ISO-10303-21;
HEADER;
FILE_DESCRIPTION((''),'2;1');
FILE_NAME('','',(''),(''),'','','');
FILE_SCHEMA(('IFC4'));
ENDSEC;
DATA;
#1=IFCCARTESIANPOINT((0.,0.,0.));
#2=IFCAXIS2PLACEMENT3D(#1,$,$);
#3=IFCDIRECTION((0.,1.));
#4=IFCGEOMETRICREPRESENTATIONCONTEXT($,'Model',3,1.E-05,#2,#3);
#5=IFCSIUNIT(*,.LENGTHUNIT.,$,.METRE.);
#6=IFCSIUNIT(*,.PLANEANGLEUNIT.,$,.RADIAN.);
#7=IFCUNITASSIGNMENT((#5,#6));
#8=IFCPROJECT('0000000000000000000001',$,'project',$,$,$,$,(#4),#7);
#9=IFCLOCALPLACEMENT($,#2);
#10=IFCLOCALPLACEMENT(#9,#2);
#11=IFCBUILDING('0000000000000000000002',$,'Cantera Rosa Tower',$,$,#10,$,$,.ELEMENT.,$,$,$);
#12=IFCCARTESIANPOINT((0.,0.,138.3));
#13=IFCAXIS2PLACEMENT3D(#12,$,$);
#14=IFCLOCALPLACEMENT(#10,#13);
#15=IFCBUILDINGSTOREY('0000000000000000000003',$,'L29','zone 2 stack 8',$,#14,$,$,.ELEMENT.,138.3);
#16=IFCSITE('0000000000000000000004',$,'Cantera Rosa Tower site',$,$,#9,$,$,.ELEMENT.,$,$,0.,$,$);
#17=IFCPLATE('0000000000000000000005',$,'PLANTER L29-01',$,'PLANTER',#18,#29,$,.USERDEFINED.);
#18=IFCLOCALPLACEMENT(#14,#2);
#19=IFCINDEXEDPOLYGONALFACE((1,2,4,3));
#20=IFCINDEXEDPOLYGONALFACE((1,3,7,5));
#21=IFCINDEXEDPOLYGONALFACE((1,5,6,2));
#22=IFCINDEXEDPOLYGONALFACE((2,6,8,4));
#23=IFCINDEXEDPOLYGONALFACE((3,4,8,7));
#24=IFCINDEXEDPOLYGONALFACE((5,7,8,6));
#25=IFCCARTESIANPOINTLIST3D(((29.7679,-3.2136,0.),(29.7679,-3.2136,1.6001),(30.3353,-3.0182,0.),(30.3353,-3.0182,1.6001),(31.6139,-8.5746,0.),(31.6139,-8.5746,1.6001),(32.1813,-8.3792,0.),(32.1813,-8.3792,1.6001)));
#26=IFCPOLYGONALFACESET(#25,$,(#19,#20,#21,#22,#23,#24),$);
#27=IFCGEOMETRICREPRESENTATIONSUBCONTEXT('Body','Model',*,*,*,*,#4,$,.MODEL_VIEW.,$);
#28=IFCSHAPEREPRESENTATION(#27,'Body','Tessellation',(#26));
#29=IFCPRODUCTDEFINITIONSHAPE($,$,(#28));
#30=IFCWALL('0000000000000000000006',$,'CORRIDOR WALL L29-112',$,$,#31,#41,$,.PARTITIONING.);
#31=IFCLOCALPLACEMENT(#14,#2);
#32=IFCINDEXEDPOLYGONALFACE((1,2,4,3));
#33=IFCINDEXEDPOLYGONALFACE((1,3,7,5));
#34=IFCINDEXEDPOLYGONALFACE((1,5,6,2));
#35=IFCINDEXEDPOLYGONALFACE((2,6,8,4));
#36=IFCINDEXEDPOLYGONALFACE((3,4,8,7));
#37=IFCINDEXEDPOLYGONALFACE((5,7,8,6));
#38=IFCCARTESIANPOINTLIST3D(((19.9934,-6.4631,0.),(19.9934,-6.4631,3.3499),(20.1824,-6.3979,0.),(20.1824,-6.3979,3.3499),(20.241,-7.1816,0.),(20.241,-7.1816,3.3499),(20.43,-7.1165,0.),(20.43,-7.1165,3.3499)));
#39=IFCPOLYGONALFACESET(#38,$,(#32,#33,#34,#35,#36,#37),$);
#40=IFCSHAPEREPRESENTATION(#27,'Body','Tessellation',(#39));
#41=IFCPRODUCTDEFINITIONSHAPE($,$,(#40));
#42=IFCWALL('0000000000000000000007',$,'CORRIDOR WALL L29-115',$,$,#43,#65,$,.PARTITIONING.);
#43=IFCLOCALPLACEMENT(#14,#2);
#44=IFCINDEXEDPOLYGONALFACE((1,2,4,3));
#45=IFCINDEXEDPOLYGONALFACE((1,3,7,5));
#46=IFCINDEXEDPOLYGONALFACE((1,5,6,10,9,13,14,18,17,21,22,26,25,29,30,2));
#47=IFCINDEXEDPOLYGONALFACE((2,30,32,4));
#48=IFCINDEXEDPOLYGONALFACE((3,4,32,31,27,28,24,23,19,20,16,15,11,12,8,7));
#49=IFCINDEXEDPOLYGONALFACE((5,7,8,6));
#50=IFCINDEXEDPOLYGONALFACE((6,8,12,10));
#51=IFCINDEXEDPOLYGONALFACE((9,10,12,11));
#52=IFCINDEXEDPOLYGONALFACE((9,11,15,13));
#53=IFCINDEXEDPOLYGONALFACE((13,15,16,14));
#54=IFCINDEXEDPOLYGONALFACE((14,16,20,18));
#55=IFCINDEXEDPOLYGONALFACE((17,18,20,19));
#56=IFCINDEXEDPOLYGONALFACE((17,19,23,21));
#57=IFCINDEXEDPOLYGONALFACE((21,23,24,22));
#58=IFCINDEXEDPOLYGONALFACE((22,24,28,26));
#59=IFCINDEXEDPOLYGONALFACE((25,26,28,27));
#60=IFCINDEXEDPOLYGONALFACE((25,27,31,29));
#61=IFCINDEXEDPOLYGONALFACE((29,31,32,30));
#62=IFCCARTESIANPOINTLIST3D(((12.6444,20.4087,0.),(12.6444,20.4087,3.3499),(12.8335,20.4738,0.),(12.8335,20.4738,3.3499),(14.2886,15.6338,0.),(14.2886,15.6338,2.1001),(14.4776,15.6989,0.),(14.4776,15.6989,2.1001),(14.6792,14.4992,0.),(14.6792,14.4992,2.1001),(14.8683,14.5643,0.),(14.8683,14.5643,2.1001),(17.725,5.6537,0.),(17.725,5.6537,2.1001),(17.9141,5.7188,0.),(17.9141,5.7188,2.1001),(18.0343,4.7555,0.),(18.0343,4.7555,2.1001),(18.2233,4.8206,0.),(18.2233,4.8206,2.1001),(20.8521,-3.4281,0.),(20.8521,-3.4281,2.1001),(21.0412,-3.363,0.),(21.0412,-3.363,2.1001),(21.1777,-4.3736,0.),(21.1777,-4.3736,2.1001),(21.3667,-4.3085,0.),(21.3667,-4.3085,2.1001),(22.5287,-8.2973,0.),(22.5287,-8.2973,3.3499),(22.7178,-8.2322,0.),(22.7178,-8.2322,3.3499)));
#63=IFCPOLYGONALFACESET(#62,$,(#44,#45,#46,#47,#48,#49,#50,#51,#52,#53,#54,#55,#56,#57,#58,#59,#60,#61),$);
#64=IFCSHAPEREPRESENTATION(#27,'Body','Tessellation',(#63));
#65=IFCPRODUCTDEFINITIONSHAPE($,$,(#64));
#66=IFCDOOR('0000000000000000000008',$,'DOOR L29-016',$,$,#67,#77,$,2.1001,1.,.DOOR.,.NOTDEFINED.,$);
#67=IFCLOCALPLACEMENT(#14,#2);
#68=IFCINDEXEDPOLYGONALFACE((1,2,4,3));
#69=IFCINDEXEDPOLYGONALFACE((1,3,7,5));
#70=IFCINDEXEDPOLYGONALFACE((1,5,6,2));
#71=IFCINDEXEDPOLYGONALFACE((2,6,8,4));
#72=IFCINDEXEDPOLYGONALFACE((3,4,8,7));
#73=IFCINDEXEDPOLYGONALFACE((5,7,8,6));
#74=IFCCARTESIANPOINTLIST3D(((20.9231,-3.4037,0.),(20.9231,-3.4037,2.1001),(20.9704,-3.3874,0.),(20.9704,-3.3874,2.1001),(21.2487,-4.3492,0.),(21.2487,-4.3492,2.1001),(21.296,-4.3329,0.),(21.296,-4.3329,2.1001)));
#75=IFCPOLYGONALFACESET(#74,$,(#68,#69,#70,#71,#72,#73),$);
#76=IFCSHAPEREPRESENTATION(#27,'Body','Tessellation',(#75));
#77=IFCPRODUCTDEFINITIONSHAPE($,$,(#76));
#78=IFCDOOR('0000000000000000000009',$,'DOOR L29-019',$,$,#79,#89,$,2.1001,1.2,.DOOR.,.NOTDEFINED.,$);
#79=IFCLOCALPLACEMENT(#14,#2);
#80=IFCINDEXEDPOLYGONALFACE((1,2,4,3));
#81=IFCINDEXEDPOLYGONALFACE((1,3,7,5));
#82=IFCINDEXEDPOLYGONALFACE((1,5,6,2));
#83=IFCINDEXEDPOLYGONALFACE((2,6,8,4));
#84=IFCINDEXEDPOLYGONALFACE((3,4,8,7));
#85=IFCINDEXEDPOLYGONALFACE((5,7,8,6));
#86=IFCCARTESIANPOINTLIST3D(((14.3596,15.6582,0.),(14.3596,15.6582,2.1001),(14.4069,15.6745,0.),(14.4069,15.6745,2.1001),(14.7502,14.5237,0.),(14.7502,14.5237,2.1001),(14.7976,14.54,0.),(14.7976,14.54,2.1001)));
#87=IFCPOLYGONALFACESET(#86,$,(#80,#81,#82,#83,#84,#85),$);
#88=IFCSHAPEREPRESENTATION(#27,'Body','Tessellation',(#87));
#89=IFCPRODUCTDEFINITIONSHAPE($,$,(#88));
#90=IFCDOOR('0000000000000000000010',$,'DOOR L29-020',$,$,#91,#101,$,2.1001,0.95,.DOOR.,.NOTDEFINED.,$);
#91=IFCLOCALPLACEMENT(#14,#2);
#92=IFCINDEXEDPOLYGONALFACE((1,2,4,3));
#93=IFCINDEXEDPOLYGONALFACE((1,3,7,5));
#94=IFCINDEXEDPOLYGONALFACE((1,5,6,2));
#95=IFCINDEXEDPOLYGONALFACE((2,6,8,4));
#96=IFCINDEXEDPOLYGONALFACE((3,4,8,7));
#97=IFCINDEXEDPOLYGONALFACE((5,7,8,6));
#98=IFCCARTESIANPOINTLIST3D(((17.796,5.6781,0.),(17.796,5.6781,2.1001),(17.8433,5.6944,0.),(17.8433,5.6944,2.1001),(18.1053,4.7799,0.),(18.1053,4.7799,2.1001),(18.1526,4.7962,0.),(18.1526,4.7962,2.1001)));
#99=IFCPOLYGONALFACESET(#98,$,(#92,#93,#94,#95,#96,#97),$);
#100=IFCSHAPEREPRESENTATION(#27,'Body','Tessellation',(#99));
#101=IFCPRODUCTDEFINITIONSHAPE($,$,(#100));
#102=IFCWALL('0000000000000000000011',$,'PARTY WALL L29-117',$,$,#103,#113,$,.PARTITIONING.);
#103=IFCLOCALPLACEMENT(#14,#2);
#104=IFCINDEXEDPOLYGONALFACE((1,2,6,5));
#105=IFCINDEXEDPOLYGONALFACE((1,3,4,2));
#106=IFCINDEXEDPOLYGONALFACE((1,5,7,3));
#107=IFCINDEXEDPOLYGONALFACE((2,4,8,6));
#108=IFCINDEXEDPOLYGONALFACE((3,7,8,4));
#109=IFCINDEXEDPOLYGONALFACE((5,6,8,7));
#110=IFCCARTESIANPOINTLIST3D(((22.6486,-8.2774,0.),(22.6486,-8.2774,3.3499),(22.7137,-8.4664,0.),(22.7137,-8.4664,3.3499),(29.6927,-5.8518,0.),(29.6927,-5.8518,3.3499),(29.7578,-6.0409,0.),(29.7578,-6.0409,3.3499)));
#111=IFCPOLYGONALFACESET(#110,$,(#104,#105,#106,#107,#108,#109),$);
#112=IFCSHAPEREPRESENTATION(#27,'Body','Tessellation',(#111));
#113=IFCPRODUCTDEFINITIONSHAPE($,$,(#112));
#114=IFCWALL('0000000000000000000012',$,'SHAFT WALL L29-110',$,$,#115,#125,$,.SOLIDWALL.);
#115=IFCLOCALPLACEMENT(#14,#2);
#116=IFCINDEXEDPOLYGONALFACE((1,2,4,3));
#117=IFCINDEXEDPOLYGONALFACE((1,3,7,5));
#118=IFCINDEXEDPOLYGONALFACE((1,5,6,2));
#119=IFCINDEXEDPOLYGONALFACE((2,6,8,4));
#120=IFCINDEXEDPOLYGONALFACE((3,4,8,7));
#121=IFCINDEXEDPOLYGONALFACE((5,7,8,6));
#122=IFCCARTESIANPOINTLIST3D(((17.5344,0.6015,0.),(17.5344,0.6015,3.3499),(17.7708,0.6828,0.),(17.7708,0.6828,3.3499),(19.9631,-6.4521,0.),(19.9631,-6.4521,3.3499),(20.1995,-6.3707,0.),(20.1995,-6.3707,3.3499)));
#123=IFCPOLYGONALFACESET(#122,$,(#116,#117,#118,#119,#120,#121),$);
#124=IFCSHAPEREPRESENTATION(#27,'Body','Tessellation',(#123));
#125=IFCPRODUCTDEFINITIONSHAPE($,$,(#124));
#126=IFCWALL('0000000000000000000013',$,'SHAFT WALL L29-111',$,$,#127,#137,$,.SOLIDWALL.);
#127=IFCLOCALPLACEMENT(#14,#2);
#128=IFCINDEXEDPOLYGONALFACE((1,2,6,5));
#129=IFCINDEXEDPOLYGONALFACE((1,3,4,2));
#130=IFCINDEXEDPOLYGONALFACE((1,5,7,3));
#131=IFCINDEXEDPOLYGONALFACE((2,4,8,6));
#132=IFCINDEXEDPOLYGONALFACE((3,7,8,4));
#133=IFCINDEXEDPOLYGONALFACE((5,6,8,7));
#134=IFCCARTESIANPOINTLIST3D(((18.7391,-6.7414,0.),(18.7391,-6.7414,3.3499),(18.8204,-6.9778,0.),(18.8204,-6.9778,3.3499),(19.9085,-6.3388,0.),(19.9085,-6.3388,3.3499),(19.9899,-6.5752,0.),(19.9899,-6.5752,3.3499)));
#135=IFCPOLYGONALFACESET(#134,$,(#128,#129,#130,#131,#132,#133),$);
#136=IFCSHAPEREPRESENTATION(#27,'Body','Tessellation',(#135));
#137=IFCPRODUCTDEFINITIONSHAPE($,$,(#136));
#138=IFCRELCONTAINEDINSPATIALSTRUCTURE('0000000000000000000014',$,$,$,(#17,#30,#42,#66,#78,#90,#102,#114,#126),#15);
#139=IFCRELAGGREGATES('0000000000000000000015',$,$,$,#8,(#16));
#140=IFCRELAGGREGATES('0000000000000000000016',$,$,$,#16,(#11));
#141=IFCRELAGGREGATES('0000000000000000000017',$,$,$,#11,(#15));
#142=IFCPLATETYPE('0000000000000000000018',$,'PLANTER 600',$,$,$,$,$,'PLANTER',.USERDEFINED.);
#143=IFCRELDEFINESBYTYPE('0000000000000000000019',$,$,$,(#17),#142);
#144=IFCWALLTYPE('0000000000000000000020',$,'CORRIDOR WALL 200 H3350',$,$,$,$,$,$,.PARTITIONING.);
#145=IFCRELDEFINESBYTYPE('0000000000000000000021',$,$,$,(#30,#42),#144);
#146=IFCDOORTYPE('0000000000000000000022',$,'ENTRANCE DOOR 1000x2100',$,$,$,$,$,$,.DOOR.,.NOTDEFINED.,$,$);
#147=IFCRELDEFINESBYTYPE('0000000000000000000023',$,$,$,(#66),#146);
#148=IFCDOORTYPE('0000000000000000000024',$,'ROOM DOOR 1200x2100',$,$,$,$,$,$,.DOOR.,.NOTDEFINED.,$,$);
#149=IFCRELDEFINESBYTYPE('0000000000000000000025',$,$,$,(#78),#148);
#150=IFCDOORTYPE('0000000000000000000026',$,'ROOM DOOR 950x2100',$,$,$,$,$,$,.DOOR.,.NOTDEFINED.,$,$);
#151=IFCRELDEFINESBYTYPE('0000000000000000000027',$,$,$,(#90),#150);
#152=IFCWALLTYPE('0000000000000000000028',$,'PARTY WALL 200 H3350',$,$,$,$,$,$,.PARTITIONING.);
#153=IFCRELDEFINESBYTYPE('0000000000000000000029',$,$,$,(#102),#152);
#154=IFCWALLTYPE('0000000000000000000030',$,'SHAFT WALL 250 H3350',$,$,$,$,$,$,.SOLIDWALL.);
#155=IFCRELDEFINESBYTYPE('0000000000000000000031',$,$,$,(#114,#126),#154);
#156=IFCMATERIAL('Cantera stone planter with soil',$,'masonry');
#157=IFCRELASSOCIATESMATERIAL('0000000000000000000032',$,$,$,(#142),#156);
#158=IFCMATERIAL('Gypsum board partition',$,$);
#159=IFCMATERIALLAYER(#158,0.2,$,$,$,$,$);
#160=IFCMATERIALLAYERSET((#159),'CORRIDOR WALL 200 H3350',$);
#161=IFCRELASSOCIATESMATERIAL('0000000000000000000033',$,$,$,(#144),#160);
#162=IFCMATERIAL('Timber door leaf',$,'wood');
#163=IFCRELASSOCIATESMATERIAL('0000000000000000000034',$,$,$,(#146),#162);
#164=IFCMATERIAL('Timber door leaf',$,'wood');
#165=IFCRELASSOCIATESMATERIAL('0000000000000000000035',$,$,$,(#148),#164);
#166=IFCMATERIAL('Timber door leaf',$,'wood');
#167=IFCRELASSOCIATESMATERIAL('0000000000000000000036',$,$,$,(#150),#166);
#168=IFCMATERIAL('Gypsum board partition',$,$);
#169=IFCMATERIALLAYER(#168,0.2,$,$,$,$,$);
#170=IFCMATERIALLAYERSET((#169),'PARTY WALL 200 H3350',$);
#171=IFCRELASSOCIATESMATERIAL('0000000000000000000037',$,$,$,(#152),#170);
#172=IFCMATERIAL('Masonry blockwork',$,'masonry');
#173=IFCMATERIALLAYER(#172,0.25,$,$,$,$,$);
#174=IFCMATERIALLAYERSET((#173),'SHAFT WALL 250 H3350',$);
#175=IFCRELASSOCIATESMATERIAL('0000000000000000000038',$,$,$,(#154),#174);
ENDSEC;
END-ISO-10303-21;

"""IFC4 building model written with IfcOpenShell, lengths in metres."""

from ifc_helpers import new_model, si_unit, direction, frame, frame_2d, origin, origin_2d, place, context, subcontext, project, spatial, rectangle, extrude, material, layer, layer_set, type_object, element, fill, save


model = new_model("IFC4")

# Units and contexts
model_context = context("Model", 3, precision=1e-05, world=origin(), true_north=direction((0.0, 1.0)))
body_context = subcontext(model_context, "Body", "Model", "MODEL_VIEW")
ifc_project = project(units=[si_unit("LENGTHUNIT", "METRE"), si_unit("PLANEANGLEUNIT", "RADIAN")], contexts=[model_context])

# Site, building, storey
site_placement = place(None, origin())
site = spatial("IfcSite", under=ifc_project, at=site_placement, Name="Cantera Rosa Tower site", CompositionType="ELEMENT", RefElevation=0.0)
building_placement = place(site_placement, origin())
building = spatial("IfcBuilding", under=site, at=building_placement, Name="Cantera Rosa Tower", CompositionType="ELEMENT")
storey_placement = place(building_placement, frame((0.0, 0.0, 138.3)))
storey = spatial("IfcBuildingStorey", under=building, at=storey_placement, Name="L29", Description="zone 2 stack 8", CompositionType="ELEMENT", Elevation=138.3)

# Plate
ifc_material_1 = material(Name="Cantera stone planter with soil", Category="masonry")
plate_type = type_object("IfcPlateType", Name="PLANTER 600", ElementType="PLANTER", PredefinedType="USERDEFINED", material=ifc_material_1)
plate_placement = place(storey_placement, frame((30.9746, -5.7964, 0.0), z_axis=(0.0, 0.0, 1.0), x_axis=(-0.325568, 0.945519, 0.0)))
element("IfcPlate", 1, at=plate_placement, inside=storey, type_object=plate_type, Name="PLANTER L29-01", ObjectType="PLANTER", PredefinedType="USERDEFINED", context=body_context, shape_type="SweptSolid", body=[
    extrude(rectangle(XDim=5.6699, YDim=0.6001, at=origin_2d()), origin(), (0.0, 0.0, 1.0), 1.6001),
])

# Wall
ifc_material_2 = material(Name="Gypsum board partition")
ifc_layer_1 = layer(ifc_material_2, 0.2)
ifc_layer_set_1 = layer_set([ifc_layer_1], Name="CORRIDOR WALL 200 H3350")
wall_type_1 = type_object("IfcWallType", Name="CORRIDOR WALL 200 H3350", PredefinedType="PARTITIONING", material=ifc_layer_set_1)
wall_1_placement = place(storey_placement, frame((20.3354, -7.1489, 0.0), z_axis=(0.0, 0.0, 1.0), x_axis=(-0.325753, 0.945455, 0.0)))
element("IfcWall", 2, at=wall_1_placement, inside=storey, type_object=wall_type_1, Name="CORRIDOR WALL L29-112", PredefinedType="PARTITIONING", context=body_context, shape_type="SweptSolid", body=[
    extrude(rectangle(XDim=0.76, YDim=0.2, at=frame_2d((0.3799, 0.0))), origin(), (0.0, 0.0, 1.0), 3.3499),
])

# Wall, openings, doors
wall_2_placement = place(storey_placement, frame((22.6233, -8.2649, 0.0), z_axis=(0.0, 0.0, 1.0), x_axis=(-0.325568, 0.945519, 0.0)))
wall_2 = element("IfcWall", 3, at=wall_2_placement, inside=storey, type_object=wall_type_1, Name="CORRIDOR WALL L29-115", PredefinedType="PARTITIONING", context=body_context, shape_type="SweptSolid", body=[
    extrude(rectangle(XDim=30.3601, YDim=0.2, at=frame_2d((15.1802, 0.0))), origin(), (0.0, 0.0, 1.0), 3.3499),
])
opening_1_placement = place(wall_2_placement, frame((4.1499, 0.0, 0.0)))
opening_1 = element("IfcOpeningElement", 4, at=opening_1_placement, cuts=wall_2, PredefinedType="OPENING", context=body_context, shape_type="SweptSolid", body=[
    extrude(rectangle(XDim=1.0, YDim=2.1001, at=frame_2d((0.5, 1.05))), frame((0.0, 0.1099, 0.0), z_axis=(0.0, -1.0, 0.0), x_axis=(1.0, 0.0, 0.0)), (0.0, 0.0, 1.0), 0.22),
])
opening_2_placement = place(wall_2_placement, frame((24.1101, 0.0, 0.0)))
opening_2 = element("IfcOpeningElement", 5, at=opening_2_placement, cuts=wall_2, PredefinedType="OPENING", context=body_context, shape_type="SweptSolid", body=[
    extrude(rectangle(XDim=1.2, YDim=2.1001, at=frame_2d((0.6001, 1.05))), frame((0.0, 0.1099, 0.0), z_axis=(0.0, -1.0, 0.0), x_axis=(1.0, 0.0, 0.0)), (0.0, 0.0, 1.0), 0.22),
])
opening_3_placement = place(wall_2_placement, frame((13.8049, 0.0, 0.0)))
opening_3 = element("IfcOpeningElement", 6, at=opening_3_placement, cuts=wall_2, PredefinedType="OPENING", context=body_context, shape_type="SweptSolid", body=[
    extrude(rectangle(XDim=0.95, YDim=2.1001, at=frame_2d((0.4751, 1.05))), frame((0.0, 0.1099, 0.0), z_axis=(0.0, -1.0, 0.0), x_axis=(1.0, 0.0, 0.0)), (0.0, 0.0, 1.0), 0.22),
])
ifc_material_3 = material(Name="Timber door leaf", Category="wood")
door_type_1 = type_object("IfcDoorType", Name="ENTRANCE DOOR 1000x2100", OperationType="NOTDEFINED", PredefinedType="DOOR", material=ifc_material_3)
door_1_placement = place(opening_1_placement, origin())
door_1 = element("IfcDoor", 7, at=door_1_placement, inside=storey, type_object=door_type_1, Name="DOOR L29-016", OperationType="NOTDEFINED", OverallHeight=2.1001, OverallWidth=1.0, PredefinedType="DOOR", context=body_context, shape_type="SweptSolid", body=[
    extrude(rectangle(XDim=1.0, YDim=2.1001, at=frame_2d((0.5, 1.05))), frame((0.0, 0.0249, 0.0), z_axis=(0.0, -1.0, 0.0), x_axis=(1.0, 0.0, 0.0)), (0.0, 0.0, 1.0), 0.05),
])
fill(opening_1, door_1)
ifc_material_4 = material(Name="Timber door leaf", Category="wood")
door_type_2 = type_object("IfcDoorType", Name="ROOM DOOR 1200x2100", OperationType="NOTDEFINED", PredefinedType="DOOR", material=ifc_material_4)
door_2_placement = place(opening_2_placement, origin())
door_2 = element("IfcDoor", 8, at=door_2_placement, inside=storey, type_object=door_type_2, Name="DOOR L29-019", OperationType="NOTDEFINED", OverallHeight=2.1001, OverallWidth=1.2, PredefinedType="DOOR", context=body_context, shape_type="SweptSolid", body=[
    extrude(rectangle(XDim=1.2, YDim=2.1001, at=frame_2d((0.6001, 1.05))), frame((0.0, 0.0249, 0.0), z_axis=(0.0, -1.0, 0.0), x_axis=(1.0, 0.0, 0.0)), (0.0, 0.0, 1.0), 0.05),
])
fill(opening_2, door_2)
ifc_material_5 = material(Name="Timber door leaf", Category="wood")
door_type_3 = type_object("IfcDoorType", Name="ROOM DOOR 950x2100", OperationType="NOTDEFINED", PredefinedType="DOOR", material=ifc_material_5)
door_3_placement = place(opening_3_placement, origin())
door_3 = element("IfcDoor", 9, at=door_3_placement, inside=storey, type_object=door_type_3, Name="DOOR L29-020", OperationType="NOTDEFINED", OverallHeight=2.1001, OverallWidth=0.95, PredefinedType="DOOR", context=body_context, shape_type="SweptSolid", body=[
    extrude(rectangle(XDim=0.95, YDim=2.1001, at=frame_2d((0.4751, 1.05))), frame((0.0, 0.0249, 0.0), z_axis=(0.0, -1.0, 0.0), x_axis=(1.0, 0.0, 0.0)), (0.0, 0.0, 1.0), 0.05),
])
fill(opening_3, door_3)

# Walls
ifc_material_6 = material(Name="Gypsum board partition")
ifc_layer_2 = layer(ifc_material_6, 0.2)
ifc_layer_set_2 = layer_set([ifc_layer_2], Name="PARTY WALL 200 H3350")
wall_type_2 = type_object("IfcWallType", Name="PARTY WALL 200 H3350", PredefinedType="PARTITIONING", material=ifc_layer_set_2)
wall_3_placement = place(storey_placement, frame((29.7253, -5.9463, 0.0), z_axis=(0.0, 0.0, 1.0), x_axis=(-0.945514, -0.325582, 0.0)))
element("IfcWall", 10, at=wall_3_placement, inside=storey, type_object=wall_type_2, Name="PARTY WALL L29-117", PredefinedType="PARTITIONING", context=body_context, shape_type="SweptSolid", body=[
    extrude(rectangle(XDim=7.45, YDim=0.2, at=frame_2d((3.7251, 0.0))), origin(), (0.0, 0.0, 1.0), 3.3499),
])
ifc_material_7 = material(Name="Masonry blockwork", Category="masonry")
ifc_layer_3 = layer(ifc_material_7, 0.25)
ifc_layer_set_3 = layer_set([ifc_layer_3], Name="SHAFT WALL 250 H3350")
wall_type_3 = type_object("IfcWallType", Name="SHAFT WALL 250 H3350", PredefinedType="SOLIDWALL", material=ifc_layer_set_3)
wall_4_placement = place(storey_placement, frame((20.0813, -6.4114, 0.0), z_axis=(0.0, 0.0, 1.0), x_axis=(-0.325569, 0.945518, 0.0)))
element("IfcWall", 11, at=wall_4_placement, inside=storey, type_object=wall_type_3, Name="SHAFT WALL L29-110", PredefinedType="SOLIDWALL", context=body_context, shape_type="SweptSolid", body=[
    extrude(rectangle(XDim=7.46, YDim=0.25, at=frame_2d((3.73, 0.0))), origin(), (0.0, 0.0, 1.0), 3.3499),
])
wall_5_placement = place(storey_placement, frame((19.9492, -6.457, 0.0), z_axis=(0.0, 0.0, 1.0), x_axis=(-0.945539, -0.32551, 0.0)))
element("IfcWall", 12, at=wall_5_placement, inside=storey, type_object=wall_type_3, Name="SHAFT WALL L29-111", PredefinedType="SOLIDWALL", context=body_context, shape_type="SweptSolid", body=[
    extrude(rectangle(XDim=1.2368, YDim=0.25, at=frame_2d((0.6184, 0.0))), origin(), (0.0, 0.0, 1.0), 3.3499),
])

save(model, "model.ifc")
